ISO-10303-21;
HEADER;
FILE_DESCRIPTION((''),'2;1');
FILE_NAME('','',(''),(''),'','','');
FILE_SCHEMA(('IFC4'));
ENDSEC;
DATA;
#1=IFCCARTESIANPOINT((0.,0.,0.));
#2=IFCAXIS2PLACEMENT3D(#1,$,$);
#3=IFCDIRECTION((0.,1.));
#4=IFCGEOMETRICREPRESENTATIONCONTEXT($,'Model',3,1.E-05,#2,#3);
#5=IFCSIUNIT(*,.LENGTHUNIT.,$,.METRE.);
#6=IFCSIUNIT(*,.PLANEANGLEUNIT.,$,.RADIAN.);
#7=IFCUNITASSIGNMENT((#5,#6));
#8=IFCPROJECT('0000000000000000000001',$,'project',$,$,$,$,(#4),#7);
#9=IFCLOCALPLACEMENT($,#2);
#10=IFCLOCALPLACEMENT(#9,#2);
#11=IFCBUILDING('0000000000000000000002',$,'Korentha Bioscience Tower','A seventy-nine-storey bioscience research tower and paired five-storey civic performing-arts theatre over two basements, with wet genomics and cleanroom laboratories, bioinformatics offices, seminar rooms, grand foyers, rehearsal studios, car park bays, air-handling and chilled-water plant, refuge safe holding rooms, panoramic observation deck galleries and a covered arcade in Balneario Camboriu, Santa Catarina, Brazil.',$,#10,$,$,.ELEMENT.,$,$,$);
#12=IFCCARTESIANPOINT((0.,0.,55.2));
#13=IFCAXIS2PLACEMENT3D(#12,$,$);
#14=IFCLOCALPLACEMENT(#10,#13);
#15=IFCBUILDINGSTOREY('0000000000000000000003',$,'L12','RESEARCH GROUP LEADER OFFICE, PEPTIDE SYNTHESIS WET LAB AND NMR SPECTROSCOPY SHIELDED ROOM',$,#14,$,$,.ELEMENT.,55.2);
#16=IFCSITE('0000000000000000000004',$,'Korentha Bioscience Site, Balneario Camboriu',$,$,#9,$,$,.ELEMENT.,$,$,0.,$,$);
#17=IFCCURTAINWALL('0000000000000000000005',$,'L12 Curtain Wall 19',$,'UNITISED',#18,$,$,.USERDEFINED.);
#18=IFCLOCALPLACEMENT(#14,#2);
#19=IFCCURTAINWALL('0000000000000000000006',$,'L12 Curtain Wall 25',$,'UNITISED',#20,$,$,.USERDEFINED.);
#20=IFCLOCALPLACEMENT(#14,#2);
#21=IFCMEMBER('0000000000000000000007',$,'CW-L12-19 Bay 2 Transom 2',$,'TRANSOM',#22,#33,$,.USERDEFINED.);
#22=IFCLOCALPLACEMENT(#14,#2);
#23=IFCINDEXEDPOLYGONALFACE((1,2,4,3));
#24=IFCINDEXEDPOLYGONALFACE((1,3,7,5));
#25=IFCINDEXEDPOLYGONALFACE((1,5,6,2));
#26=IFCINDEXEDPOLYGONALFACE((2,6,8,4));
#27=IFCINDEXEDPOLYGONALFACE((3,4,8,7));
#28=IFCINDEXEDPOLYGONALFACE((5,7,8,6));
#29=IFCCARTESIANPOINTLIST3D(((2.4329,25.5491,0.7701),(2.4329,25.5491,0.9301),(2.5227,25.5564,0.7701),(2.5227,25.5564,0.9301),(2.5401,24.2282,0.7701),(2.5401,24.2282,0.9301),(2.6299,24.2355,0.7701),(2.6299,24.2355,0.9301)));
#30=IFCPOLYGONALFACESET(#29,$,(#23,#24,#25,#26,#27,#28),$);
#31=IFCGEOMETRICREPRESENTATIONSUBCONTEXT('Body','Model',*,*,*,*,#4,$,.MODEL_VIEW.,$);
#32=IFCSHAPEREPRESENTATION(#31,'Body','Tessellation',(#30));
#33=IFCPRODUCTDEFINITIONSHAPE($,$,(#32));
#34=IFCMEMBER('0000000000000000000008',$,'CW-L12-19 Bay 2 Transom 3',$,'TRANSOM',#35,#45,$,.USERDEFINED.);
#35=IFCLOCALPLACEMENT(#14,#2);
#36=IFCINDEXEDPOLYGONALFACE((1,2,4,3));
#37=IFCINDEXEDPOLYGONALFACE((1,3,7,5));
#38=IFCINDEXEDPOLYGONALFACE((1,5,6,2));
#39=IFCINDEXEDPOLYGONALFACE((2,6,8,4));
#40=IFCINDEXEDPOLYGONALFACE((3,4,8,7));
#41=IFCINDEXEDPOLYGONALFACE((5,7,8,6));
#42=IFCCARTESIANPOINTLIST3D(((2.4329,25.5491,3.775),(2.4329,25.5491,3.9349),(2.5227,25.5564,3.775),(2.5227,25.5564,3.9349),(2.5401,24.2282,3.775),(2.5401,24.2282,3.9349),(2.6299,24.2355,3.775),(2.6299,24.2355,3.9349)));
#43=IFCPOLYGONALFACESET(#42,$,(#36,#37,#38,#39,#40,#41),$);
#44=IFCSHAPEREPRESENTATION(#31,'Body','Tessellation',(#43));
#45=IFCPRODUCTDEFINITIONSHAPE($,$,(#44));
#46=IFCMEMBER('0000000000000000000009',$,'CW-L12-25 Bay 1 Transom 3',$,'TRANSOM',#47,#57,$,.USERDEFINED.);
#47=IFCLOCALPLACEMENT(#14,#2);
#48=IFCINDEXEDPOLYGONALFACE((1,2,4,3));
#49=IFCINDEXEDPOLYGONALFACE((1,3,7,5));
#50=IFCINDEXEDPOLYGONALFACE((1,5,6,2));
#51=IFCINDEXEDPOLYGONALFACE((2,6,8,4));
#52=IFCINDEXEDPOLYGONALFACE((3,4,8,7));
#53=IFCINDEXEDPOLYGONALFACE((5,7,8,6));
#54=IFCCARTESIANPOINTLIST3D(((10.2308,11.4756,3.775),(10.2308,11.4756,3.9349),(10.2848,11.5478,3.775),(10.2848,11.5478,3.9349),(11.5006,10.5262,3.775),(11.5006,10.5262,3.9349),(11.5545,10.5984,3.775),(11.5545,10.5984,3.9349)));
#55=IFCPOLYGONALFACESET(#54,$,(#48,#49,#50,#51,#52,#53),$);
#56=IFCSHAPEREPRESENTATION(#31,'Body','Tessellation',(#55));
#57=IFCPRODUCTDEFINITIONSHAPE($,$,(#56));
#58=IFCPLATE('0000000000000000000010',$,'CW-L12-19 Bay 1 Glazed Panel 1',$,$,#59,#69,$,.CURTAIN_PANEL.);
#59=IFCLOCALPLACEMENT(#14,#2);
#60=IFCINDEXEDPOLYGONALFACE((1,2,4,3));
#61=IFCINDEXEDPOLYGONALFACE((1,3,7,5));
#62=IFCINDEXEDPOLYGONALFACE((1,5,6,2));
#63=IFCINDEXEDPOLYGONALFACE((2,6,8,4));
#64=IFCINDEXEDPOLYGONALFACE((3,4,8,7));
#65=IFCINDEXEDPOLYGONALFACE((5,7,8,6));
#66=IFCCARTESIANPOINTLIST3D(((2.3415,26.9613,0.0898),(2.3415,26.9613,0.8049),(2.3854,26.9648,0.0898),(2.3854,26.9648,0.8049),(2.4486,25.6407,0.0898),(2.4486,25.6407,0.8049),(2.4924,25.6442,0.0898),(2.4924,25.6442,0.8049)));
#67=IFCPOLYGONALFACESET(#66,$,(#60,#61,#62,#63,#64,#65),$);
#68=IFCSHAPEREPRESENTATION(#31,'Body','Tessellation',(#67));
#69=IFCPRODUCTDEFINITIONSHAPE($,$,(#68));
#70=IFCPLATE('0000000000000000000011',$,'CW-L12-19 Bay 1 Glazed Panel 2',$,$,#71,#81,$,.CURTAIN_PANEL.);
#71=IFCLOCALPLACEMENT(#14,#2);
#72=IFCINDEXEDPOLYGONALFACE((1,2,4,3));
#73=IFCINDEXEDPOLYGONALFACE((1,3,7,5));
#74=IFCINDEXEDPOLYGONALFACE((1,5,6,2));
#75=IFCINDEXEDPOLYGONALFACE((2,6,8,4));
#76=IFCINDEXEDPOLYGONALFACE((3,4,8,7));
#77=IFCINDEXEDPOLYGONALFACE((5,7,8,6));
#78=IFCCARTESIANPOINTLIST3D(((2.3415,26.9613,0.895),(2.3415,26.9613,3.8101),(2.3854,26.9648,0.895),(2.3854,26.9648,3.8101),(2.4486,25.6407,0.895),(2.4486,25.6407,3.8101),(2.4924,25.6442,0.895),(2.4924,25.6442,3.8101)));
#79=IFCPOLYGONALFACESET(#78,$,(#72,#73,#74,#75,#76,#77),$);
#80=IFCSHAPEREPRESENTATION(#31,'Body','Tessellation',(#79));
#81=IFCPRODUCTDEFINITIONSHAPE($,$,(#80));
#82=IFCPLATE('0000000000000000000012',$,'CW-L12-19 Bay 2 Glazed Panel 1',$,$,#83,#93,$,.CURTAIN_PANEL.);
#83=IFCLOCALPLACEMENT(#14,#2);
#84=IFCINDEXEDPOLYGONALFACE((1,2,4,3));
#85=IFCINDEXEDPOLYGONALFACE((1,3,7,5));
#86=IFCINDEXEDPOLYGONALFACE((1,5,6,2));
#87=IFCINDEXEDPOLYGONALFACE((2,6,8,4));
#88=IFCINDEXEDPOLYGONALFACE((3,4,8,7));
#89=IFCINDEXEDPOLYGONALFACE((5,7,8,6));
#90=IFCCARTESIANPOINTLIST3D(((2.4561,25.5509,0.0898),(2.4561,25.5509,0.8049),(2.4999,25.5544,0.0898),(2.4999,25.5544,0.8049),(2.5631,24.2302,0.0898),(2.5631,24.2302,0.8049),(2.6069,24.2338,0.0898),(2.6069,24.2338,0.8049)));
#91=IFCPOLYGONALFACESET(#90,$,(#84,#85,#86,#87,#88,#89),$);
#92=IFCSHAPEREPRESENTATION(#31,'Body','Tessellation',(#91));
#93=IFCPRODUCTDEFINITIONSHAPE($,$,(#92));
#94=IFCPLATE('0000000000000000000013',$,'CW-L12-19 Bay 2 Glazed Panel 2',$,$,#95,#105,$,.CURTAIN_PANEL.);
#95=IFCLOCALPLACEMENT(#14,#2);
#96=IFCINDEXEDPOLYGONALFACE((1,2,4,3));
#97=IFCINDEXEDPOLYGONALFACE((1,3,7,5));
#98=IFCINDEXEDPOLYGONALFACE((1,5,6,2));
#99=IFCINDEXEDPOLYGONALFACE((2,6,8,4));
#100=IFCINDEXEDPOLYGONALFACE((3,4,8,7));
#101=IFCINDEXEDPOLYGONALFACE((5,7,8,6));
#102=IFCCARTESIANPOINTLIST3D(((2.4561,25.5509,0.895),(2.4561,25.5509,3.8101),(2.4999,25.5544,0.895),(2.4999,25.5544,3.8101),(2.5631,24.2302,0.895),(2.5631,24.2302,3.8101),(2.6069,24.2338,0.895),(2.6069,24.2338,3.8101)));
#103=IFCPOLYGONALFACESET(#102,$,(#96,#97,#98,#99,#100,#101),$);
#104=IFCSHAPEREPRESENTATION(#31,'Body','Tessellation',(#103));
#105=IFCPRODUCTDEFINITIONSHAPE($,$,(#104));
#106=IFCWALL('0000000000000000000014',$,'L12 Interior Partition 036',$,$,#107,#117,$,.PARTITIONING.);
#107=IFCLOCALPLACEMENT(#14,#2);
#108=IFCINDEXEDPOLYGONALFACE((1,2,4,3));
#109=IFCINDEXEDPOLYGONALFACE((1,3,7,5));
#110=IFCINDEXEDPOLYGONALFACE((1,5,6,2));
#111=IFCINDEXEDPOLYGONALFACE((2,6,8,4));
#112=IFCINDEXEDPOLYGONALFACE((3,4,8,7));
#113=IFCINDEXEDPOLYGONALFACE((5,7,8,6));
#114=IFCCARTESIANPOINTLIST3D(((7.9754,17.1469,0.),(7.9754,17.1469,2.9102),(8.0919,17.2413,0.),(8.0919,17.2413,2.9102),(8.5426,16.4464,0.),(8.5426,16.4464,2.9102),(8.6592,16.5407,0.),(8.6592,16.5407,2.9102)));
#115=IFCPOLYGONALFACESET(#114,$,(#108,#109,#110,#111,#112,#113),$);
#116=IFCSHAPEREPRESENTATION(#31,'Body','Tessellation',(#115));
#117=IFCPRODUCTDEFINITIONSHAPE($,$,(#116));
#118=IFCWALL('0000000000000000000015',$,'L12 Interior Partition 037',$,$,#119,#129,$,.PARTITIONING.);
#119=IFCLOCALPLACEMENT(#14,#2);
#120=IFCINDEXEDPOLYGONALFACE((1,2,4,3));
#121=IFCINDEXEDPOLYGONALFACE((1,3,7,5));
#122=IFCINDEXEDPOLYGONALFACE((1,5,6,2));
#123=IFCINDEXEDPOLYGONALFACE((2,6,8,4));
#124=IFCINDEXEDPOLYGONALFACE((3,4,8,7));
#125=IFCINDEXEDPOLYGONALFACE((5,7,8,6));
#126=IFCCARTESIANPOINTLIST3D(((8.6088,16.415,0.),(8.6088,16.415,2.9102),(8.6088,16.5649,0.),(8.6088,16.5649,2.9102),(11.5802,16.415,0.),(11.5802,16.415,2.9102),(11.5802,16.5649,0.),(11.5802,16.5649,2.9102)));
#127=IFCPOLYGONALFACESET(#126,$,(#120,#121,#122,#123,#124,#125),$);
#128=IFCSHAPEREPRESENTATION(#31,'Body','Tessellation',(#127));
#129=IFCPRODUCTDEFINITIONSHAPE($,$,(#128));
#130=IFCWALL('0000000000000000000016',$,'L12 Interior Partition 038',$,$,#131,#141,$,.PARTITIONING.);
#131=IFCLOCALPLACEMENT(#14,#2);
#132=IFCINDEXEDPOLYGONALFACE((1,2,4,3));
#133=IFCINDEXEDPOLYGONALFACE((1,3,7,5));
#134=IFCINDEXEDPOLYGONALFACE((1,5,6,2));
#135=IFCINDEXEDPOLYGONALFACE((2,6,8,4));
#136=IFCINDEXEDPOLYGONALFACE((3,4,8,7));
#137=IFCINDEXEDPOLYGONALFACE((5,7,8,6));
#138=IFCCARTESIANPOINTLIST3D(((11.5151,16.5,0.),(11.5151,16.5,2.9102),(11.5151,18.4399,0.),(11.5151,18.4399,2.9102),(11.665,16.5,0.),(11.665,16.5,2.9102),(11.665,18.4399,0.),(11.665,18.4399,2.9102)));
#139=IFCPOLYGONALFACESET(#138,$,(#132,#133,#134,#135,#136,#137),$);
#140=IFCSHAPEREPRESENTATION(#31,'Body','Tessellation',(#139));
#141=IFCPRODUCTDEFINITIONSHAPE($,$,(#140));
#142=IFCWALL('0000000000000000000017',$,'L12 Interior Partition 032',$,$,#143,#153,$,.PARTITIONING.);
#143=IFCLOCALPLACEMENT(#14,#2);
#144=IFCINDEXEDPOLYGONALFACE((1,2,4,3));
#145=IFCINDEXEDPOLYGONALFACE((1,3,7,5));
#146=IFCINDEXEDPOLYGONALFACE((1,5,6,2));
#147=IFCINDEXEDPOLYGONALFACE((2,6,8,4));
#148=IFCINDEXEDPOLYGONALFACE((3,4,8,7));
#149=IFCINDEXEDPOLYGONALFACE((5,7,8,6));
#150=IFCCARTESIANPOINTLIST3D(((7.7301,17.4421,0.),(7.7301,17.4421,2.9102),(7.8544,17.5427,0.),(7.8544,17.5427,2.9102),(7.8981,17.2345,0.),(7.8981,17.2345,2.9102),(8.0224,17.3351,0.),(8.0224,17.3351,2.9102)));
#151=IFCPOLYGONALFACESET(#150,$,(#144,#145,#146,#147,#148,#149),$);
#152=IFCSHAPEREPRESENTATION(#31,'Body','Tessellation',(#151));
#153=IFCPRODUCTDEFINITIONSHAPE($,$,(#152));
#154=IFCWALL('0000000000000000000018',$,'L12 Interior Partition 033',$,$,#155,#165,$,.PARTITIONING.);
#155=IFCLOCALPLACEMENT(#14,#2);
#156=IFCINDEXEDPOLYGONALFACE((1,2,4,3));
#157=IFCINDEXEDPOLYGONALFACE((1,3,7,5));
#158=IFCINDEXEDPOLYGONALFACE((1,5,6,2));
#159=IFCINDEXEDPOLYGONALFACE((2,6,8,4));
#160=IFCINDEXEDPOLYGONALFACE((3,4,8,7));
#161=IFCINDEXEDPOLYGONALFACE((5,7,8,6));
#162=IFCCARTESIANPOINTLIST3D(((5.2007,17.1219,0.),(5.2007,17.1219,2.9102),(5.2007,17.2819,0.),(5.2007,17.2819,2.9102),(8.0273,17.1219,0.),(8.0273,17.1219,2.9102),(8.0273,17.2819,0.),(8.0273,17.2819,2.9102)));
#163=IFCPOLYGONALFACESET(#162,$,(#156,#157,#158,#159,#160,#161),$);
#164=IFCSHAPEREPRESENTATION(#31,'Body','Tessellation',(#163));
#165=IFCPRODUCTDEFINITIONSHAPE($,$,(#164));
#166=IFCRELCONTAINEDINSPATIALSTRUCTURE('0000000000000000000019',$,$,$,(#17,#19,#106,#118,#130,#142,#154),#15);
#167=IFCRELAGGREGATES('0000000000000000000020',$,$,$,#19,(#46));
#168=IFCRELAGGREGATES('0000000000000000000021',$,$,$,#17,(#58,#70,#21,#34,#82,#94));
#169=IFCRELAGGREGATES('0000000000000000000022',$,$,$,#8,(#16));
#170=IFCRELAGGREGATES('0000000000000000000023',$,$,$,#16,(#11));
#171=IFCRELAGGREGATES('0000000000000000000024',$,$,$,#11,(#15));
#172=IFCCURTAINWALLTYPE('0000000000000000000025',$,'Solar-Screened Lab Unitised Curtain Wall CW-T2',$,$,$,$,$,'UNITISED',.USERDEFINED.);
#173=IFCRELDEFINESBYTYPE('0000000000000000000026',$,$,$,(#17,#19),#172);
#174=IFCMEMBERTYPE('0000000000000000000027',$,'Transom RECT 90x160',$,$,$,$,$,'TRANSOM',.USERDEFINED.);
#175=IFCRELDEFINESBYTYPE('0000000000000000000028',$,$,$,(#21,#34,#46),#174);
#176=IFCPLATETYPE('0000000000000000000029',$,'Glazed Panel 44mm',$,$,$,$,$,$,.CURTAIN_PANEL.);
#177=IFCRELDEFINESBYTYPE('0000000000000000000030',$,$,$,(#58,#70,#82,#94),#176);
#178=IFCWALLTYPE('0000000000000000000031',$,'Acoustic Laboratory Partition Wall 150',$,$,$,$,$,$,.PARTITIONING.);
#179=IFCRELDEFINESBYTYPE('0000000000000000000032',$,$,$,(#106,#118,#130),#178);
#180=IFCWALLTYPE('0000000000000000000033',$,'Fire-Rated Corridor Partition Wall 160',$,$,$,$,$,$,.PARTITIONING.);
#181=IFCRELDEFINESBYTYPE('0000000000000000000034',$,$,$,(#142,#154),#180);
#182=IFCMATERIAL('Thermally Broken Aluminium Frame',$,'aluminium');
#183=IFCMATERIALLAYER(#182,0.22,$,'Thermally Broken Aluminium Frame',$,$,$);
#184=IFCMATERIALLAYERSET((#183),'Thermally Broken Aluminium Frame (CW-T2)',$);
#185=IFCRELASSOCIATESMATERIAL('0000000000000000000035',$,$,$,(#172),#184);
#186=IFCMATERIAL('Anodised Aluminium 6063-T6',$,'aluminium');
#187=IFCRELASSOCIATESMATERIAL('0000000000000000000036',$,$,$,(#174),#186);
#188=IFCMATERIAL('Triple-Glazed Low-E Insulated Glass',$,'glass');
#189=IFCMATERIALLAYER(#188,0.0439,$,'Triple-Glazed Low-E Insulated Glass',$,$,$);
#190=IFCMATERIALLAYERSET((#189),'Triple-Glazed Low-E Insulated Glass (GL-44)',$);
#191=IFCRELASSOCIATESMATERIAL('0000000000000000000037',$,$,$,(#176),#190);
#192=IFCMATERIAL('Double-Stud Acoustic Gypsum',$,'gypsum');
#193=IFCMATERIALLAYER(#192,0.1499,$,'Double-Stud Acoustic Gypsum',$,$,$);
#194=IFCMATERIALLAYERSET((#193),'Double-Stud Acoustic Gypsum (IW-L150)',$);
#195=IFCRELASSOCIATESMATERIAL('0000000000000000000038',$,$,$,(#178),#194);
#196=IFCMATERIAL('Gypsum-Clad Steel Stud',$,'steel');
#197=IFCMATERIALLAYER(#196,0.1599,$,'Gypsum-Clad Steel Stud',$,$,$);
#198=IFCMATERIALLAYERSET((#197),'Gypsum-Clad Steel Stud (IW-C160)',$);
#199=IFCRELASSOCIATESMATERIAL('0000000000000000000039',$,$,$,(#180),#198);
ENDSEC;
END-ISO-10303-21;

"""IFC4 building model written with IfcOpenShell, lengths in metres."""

from ifc_helpers import new_model, si_unit, direction, frame, frame_2d, origin, origin_2d, place, context, subcontext, project, spatial, rectangle, extrude, material, layer, layer_set, material_profile, profile_set, type_object, element, aggregate, save


model = new_model("IFC4")

# Units and contexts
model_context = context("Model", 3, precision=1e-05, world=origin(), true_north=direction((0.0, 1.0)))
body_context = subcontext(model_context, "Body", "Model", "MODEL_VIEW")
ifc_project = project(units=[si_unit("LENGTHUNIT", "METRE"), si_unit("PLANEANGLEUNIT", "RADIAN")], contexts=[model_context])

# Site, building, storey
site_placement = place(None, origin())
site = spatial("IfcSite", under=ifc_project, at=site_placement, Name="Korentha Bioscience Site, Balneario Camboriu", CompositionType="ELEMENT", RefElevation=0.0)
building_placement = place(site_placement, origin())
building = spatial("IfcBuilding", under=site, at=building_placement, Name="Korentha Bioscience Tower", Description="A seventy-nine-storey bioscience research tower and paired five-storey civic performing-arts theatre over two basements, with wet genomics and cleanroom laboratories, bioinformatics offices, seminar rooms, grand foyers, rehearsal studios, car park bays, air-handling and chilled-water plant, refuge safe holding rooms, panoramic observation deck galleries and a covered arcade in Balneario Camboriu, Santa Catarina, Brazil.", CompositionType="ELEMENT")
storey_placement = place(building_placement, frame((0.0, 0.0, 55.2)))
storey = spatial("IfcBuildingStorey", under=building, at=storey_placement, Name="L12", Description="RESEARCH GROUP LEADER OFFICE, PEPTIDE SYNTHESIS WET LAB AND NMR SPECTROSCOPY SHIELDED ROOM", CompositionType="ELEMENT", Elevation=55.2)

# Curtain wall
ifc_material_1 = material(Name="Thermally Broken Aluminium Frame", Category="aluminium")
ifc_layer_1 = layer(ifc_material_1, 0.22, Name="Thermally Broken Aluminium Frame")
ifc_layer_set_1 = layer_set([ifc_layer_1], Name="Thermally Broken Aluminium Frame (CW-T2)")
curtain_wall_type = type_object("IfcCurtainWallType", Name="Solar-Screened Lab Unitised Curtain Wall CW-T2", ElementType="UNITISED", PredefinedType="USERDEFINED", material=ifc_layer_set_1)
curtain_wall_1_placement = place(storey_placement, origin())
curtain_wall_1 = element("IfcCurtainWall", 1, at=curtain_wall_1_placement, inside=storey, type_object=curtain_wall_type, Name="L12 Curtain Wall 19", ObjectType="UNITISED", PredefinedType="USERDEFINED")
ifc_material_2 = material(Name="Anodised Aluminium 6063-T6", Category="aluminium")

# Curtain wall
curtain_wall_2_placement = place(storey_placement, origin())
curtain_wall_2 = element("IfcCurtainWall", 2, at=curtain_wall_2_placement, inside=storey, type_object=curtain_wall_type, Name="L12 Curtain Wall 25", ObjectType="UNITISED", PredefinedType="USERDEFINED")

# Members
ifc_material_profile_1 = material_profile(ifc_material_2, rectangle(XDim=0.0901, YDim=0.1599, at=origin_2d()), Name="Anodised Aluminium 6063-T6")
ifc_profile_set_1 = profile_set([ifc_material_profile_1], Name="Anodised Aluminium 6063-T6 (CW-TRN)")
member_type_1 = type_object("IfcMemberType", Name="Transom RECT 90x160", ElementType="TRANSOM", PredefinedType="USERDEFINED", material=ifc_profile_set_1)
member_1_placement = place(storey_placement, frame((2.4778, 25.5527, 0.8501), z_axis=(0.08088, -0.996724, 0.0), x_axis=(0.996724, 0.08088, 0.0)))
member_1 = element("IfcMember", 3, at=member_1_placement, type_object=member_type_1, Name="CW-L12-19 Bay 2 Transom 2", ObjectType="TRANSOM", PredefinedType="USERDEFINED", context=body_context, shape_type="SweptSolid", body=[
    extrude(rectangle(XDim=0.0901, YDim=0.1599, at=origin_2d()), origin(), (0.0, 0.0, 1.0), 1.3252),
])
member_2_placement = place(storey_placement, frame((2.4778, 25.5527, 3.855), z_axis=(0.08088, -0.996724, 0.0), x_axis=(0.996724, 0.08088, 0.0)))
member_2 = element("IfcMember", 4, at=member_2_placement, type_object=member_type_1, Name="CW-L12-19 Bay 2 Transom 3", ObjectType="TRANSOM", PredefinedType="USERDEFINED", context=body_context, shape_type="SweptSolid", body=[
    extrude(rectangle(XDim=0.0901, YDim=0.1599, at=origin_2d()), origin(), (0.0, 0.0, 1.0), 1.3252),
])
member_3_placement = place(storey_placement, frame((10.2578, 11.5117, 3.855), z_axis=(0.800868, -0.598841, 0.0), x_axis=(0.598841, 0.800868, 0.0)))
member_3 = element("IfcMember", 5, at=member_3_placement, type_object=member_type_1, Name="CW-L12-25 Bay 1 Transom 3", ObjectType="TRANSOM", PredefinedType="USERDEFINED", context=body_context, shape_type="SweptSolid", body=[
    extrude(rectangle(XDim=0.0901, YDim=0.1599, at=origin_2d()), origin(), (0.0, 0.0, 1.0), 1.5854),
])
aggregate(curtain_wall_2, [member_3])

# Plates
ifc_material_3 = material(Name="Triple-Glazed Low-E Insulated Glass", Category="glass")
ifc_layer_2 = layer(ifc_material_3, 0.0439, Name="Triple-Glazed Low-E Insulated Glass")
ifc_layer_set_2 = layer_set([ifc_layer_2], Name="Triple-Glazed Low-E Insulated Glass (GL-44)")
plate_type = type_object("IfcPlateType", Name="Glazed Panel 44mm", PredefinedType="CURTAIN_PANEL", material=ifc_layer_set_2)
plate_1_placement = place(storey_placement, frame((2.417, 26.3027, 0.0898), z_axis=(0.0, 0.0, 1.0), x_axis=(0.08082, -0.996729, 0.0)))
plate_1 = element("IfcPlate", 6, at=plate_1_placement, type_object=plate_type, Name="CW-L12-19 Bay 1 Glazed Panel 1", PredefinedType="CURTAIN_PANEL", context=body_context, shape_type="SweptSolid", body=[
    extrude(rectangle(XDim=1.325, YDim=0.0439, at=origin_2d()), origin(), (0.0, 0.0, 1.0), 0.7151),
])
plate_2_placement = place(storey_placement, frame((2.417, 26.3027, 0.895), z_axis=(0.0, 0.0, 1.0), x_axis=(0.08082, -0.996729, 0.0)))
plate_2 = element("IfcPlate", 7, at=plate_2_placement, type_object=plate_type, Name="CW-L12-19 Bay 1 Glazed Panel 2", PredefinedType="CURTAIN_PANEL", context=body_context, shape_type="SweptSolid", body=[
    extrude(rectangle(XDim=1.325, YDim=0.0439, at=origin_2d()), origin(), (0.0, 0.0, 1.0), 2.915),
])
plate_3_placement = place(storey_placement, frame((2.5315, 24.8923, 0.0898), z_axis=(0.0, 0.0, 1.0), x_axis=(0.08082, -0.996729, 0.0)))
plate_3 = element("IfcPlate", 8, at=plate_3_placement, type_object=plate_type, Name="CW-L12-19 Bay 2 Glazed Panel 1", PredefinedType="CURTAIN_PANEL", context=body_context, shape_type="SweptSolid", body=[
    extrude(rectangle(XDim=1.325, YDim=0.0439, at=origin_2d()), origin(), (0.0, 0.0, 1.0), 0.7151),
])
plate_4_placement = place(storey_placement, frame((2.5315, 24.8923, 0.895), z_axis=(0.0, 0.0, 1.0), x_axis=(0.08082, -0.996729, 0.0)))
plate_4 = element("IfcPlate", 9, at=plate_4_placement, type_object=plate_type, Name="CW-L12-19 Bay 2 Glazed Panel 2", PredefinedType="CURTAIN_PANEL", context=body_context, shape_type="SweptSolid", body=[
    extrude(rectangle(XDim=1.325, YDim=0.0439, at=origin_2d()), origin(), (0.0, 0.0, 1.0), 2.915),
])
aggregate(curtain_wall_1, [plate_1, plate_2, member_1, member_2, plate_3, plate_4])

# Shared definitions
ifc_material_4 = material(Name="Double-Stud Acoustic Gypsum", Category="gypsum")
ifc_layer_3 = layer(ifc_material_4, 0.1499, Name="Double-Stud Acoustic Gypsum")
ifc_layer_set_3 = layer_set([ifc_layer_3], Name="Double-Stud Acoustic Gypsum (IW-L150)")
wall_type_1 = type_object("IfcWallType", Name="Acoustic Laboratory Partition Wall 150", PredefinedType="PARTITIONING", material=ifc_layer_set_3)

# Walls
wall_1_placement = place(storey_placement, frame((8.0337, 17.1941, 0.0), z_axis=(0.0, 0.0, 1.0), x_axis=(0.629276, -0.777182, 0.0)))
element("IfcWall", 10, at=wall_1_placement, inside=storey, type_object=wall_type_1, Name="L12 Interior Partition 036", PredefinedType="PARTITIONING", context=body_context, shape_type="SweptSolid", body=[
    extrude(rectangle(XDim=0.9014, YDim=0.1499, at=frame_2d((0.4507, 0.0))), origin(), (0.0, 0.0, 1.0), 2.9102),
])
wall_2_placement = place(storey_placement, frame((8.6086, 16.49, 0.0), z_axis=(0.0, 0.0, 1.0), x_axis=(1.0, 0.0, 0.0)))
element("IfcWall", 11, at=wall_2_placement, inside=storey, type_object=wall_type_1, Name="L12 Interior Partition 037", PredefinedType="PARTITIONING", context=body_context, shape_type="SweptSolid", body=[
    extrude(rectangle(XDim=2.9714, YDim=0.1499, at=frame_2d((1.4858, 0.0))), origin(), (0.0, 0.0, 1.0), 2.9102),
])
wall_3_placement = place(storey_placement, frame((11.5901, 16.5, 0.0), z_axis=(0.0, 0.0, 1.0), x_axis=(0.0, 1.0, 0.0)))
element("IfcWall", 12, at=wall_3_placement, inside=storey, type_object=wall_type_1, Name="L12 Interior Partition 038", PredefinedType="PARTITIONING", context=body_context, shape_type="SweptSolid", body=[
    extrude(rectangle(XDim=1.9399, YDim=0.1499, at=frame_2d((0.97, 0.0))), origin(), (0.0, 0.0, 1.0), 2.9102),
])
ifc_material_5 = material(Name="Gypsum-Clad Steel Stud", Category="steel")
ifc_layer_4 = layer(ifc_material_5, 0.1599, Name="Gypsum-Clad Steel Stud")
ifc_layer_set_4 = layer_set([ifc_layer_4], Name="Gypsum-Clad Steel Stud (IW-C160)")
wall_type_2 = type_object("IfcWallType", Name="Fire-Rated Corridor Partition Wall 160", PredefinedType="PARTITIONING", material=ifc_layer_set_4)
wall_4_placement = place(storey_placement, frame((7.7922, 17.4924, 0.0), z_axis=(0.0, 0.0, 1.0), x_axis=(0.629146, -0.777287, 0.0)))
element("IfcWall", 13, at=wall_4_placement, inside=storey, type_object=wall_type_2, Name="L12 Interior Partition 032", PredefinedType="PARTITIONING", context=body_context, shape_type="SweptSolid", body=[
    extrude(rectangle(XDim=0.2671, YDim=0.1599, at=frame_2d((0.1335, 0.0))), origin(), (0.0, 0.0, 1.0), 2.9102),
])
wall_5_placement = place(storey_placement, frame((8.0273, 17.2019, 0.0), z_axis=(0.0, 0.0, 1.0), x_axis=(-1.0, 0.0, 0.0)))
element("IfcWall", 14, at=wall_5_placement, inside=storey, type_object=wall_type_2, Name="L12 Interior Partition 033", PredefinedType="PARTITIONING", context=body_context, shape_type="SweptSolid", body=[
    extrude(rectangle(XDim=2.8267, YDim=0.1599, at=frame_2d((1.4133, 0.0))), origin(), (0.0, 0.0, 1.0), 2.9102),
])

save(model, "model.ifc")
